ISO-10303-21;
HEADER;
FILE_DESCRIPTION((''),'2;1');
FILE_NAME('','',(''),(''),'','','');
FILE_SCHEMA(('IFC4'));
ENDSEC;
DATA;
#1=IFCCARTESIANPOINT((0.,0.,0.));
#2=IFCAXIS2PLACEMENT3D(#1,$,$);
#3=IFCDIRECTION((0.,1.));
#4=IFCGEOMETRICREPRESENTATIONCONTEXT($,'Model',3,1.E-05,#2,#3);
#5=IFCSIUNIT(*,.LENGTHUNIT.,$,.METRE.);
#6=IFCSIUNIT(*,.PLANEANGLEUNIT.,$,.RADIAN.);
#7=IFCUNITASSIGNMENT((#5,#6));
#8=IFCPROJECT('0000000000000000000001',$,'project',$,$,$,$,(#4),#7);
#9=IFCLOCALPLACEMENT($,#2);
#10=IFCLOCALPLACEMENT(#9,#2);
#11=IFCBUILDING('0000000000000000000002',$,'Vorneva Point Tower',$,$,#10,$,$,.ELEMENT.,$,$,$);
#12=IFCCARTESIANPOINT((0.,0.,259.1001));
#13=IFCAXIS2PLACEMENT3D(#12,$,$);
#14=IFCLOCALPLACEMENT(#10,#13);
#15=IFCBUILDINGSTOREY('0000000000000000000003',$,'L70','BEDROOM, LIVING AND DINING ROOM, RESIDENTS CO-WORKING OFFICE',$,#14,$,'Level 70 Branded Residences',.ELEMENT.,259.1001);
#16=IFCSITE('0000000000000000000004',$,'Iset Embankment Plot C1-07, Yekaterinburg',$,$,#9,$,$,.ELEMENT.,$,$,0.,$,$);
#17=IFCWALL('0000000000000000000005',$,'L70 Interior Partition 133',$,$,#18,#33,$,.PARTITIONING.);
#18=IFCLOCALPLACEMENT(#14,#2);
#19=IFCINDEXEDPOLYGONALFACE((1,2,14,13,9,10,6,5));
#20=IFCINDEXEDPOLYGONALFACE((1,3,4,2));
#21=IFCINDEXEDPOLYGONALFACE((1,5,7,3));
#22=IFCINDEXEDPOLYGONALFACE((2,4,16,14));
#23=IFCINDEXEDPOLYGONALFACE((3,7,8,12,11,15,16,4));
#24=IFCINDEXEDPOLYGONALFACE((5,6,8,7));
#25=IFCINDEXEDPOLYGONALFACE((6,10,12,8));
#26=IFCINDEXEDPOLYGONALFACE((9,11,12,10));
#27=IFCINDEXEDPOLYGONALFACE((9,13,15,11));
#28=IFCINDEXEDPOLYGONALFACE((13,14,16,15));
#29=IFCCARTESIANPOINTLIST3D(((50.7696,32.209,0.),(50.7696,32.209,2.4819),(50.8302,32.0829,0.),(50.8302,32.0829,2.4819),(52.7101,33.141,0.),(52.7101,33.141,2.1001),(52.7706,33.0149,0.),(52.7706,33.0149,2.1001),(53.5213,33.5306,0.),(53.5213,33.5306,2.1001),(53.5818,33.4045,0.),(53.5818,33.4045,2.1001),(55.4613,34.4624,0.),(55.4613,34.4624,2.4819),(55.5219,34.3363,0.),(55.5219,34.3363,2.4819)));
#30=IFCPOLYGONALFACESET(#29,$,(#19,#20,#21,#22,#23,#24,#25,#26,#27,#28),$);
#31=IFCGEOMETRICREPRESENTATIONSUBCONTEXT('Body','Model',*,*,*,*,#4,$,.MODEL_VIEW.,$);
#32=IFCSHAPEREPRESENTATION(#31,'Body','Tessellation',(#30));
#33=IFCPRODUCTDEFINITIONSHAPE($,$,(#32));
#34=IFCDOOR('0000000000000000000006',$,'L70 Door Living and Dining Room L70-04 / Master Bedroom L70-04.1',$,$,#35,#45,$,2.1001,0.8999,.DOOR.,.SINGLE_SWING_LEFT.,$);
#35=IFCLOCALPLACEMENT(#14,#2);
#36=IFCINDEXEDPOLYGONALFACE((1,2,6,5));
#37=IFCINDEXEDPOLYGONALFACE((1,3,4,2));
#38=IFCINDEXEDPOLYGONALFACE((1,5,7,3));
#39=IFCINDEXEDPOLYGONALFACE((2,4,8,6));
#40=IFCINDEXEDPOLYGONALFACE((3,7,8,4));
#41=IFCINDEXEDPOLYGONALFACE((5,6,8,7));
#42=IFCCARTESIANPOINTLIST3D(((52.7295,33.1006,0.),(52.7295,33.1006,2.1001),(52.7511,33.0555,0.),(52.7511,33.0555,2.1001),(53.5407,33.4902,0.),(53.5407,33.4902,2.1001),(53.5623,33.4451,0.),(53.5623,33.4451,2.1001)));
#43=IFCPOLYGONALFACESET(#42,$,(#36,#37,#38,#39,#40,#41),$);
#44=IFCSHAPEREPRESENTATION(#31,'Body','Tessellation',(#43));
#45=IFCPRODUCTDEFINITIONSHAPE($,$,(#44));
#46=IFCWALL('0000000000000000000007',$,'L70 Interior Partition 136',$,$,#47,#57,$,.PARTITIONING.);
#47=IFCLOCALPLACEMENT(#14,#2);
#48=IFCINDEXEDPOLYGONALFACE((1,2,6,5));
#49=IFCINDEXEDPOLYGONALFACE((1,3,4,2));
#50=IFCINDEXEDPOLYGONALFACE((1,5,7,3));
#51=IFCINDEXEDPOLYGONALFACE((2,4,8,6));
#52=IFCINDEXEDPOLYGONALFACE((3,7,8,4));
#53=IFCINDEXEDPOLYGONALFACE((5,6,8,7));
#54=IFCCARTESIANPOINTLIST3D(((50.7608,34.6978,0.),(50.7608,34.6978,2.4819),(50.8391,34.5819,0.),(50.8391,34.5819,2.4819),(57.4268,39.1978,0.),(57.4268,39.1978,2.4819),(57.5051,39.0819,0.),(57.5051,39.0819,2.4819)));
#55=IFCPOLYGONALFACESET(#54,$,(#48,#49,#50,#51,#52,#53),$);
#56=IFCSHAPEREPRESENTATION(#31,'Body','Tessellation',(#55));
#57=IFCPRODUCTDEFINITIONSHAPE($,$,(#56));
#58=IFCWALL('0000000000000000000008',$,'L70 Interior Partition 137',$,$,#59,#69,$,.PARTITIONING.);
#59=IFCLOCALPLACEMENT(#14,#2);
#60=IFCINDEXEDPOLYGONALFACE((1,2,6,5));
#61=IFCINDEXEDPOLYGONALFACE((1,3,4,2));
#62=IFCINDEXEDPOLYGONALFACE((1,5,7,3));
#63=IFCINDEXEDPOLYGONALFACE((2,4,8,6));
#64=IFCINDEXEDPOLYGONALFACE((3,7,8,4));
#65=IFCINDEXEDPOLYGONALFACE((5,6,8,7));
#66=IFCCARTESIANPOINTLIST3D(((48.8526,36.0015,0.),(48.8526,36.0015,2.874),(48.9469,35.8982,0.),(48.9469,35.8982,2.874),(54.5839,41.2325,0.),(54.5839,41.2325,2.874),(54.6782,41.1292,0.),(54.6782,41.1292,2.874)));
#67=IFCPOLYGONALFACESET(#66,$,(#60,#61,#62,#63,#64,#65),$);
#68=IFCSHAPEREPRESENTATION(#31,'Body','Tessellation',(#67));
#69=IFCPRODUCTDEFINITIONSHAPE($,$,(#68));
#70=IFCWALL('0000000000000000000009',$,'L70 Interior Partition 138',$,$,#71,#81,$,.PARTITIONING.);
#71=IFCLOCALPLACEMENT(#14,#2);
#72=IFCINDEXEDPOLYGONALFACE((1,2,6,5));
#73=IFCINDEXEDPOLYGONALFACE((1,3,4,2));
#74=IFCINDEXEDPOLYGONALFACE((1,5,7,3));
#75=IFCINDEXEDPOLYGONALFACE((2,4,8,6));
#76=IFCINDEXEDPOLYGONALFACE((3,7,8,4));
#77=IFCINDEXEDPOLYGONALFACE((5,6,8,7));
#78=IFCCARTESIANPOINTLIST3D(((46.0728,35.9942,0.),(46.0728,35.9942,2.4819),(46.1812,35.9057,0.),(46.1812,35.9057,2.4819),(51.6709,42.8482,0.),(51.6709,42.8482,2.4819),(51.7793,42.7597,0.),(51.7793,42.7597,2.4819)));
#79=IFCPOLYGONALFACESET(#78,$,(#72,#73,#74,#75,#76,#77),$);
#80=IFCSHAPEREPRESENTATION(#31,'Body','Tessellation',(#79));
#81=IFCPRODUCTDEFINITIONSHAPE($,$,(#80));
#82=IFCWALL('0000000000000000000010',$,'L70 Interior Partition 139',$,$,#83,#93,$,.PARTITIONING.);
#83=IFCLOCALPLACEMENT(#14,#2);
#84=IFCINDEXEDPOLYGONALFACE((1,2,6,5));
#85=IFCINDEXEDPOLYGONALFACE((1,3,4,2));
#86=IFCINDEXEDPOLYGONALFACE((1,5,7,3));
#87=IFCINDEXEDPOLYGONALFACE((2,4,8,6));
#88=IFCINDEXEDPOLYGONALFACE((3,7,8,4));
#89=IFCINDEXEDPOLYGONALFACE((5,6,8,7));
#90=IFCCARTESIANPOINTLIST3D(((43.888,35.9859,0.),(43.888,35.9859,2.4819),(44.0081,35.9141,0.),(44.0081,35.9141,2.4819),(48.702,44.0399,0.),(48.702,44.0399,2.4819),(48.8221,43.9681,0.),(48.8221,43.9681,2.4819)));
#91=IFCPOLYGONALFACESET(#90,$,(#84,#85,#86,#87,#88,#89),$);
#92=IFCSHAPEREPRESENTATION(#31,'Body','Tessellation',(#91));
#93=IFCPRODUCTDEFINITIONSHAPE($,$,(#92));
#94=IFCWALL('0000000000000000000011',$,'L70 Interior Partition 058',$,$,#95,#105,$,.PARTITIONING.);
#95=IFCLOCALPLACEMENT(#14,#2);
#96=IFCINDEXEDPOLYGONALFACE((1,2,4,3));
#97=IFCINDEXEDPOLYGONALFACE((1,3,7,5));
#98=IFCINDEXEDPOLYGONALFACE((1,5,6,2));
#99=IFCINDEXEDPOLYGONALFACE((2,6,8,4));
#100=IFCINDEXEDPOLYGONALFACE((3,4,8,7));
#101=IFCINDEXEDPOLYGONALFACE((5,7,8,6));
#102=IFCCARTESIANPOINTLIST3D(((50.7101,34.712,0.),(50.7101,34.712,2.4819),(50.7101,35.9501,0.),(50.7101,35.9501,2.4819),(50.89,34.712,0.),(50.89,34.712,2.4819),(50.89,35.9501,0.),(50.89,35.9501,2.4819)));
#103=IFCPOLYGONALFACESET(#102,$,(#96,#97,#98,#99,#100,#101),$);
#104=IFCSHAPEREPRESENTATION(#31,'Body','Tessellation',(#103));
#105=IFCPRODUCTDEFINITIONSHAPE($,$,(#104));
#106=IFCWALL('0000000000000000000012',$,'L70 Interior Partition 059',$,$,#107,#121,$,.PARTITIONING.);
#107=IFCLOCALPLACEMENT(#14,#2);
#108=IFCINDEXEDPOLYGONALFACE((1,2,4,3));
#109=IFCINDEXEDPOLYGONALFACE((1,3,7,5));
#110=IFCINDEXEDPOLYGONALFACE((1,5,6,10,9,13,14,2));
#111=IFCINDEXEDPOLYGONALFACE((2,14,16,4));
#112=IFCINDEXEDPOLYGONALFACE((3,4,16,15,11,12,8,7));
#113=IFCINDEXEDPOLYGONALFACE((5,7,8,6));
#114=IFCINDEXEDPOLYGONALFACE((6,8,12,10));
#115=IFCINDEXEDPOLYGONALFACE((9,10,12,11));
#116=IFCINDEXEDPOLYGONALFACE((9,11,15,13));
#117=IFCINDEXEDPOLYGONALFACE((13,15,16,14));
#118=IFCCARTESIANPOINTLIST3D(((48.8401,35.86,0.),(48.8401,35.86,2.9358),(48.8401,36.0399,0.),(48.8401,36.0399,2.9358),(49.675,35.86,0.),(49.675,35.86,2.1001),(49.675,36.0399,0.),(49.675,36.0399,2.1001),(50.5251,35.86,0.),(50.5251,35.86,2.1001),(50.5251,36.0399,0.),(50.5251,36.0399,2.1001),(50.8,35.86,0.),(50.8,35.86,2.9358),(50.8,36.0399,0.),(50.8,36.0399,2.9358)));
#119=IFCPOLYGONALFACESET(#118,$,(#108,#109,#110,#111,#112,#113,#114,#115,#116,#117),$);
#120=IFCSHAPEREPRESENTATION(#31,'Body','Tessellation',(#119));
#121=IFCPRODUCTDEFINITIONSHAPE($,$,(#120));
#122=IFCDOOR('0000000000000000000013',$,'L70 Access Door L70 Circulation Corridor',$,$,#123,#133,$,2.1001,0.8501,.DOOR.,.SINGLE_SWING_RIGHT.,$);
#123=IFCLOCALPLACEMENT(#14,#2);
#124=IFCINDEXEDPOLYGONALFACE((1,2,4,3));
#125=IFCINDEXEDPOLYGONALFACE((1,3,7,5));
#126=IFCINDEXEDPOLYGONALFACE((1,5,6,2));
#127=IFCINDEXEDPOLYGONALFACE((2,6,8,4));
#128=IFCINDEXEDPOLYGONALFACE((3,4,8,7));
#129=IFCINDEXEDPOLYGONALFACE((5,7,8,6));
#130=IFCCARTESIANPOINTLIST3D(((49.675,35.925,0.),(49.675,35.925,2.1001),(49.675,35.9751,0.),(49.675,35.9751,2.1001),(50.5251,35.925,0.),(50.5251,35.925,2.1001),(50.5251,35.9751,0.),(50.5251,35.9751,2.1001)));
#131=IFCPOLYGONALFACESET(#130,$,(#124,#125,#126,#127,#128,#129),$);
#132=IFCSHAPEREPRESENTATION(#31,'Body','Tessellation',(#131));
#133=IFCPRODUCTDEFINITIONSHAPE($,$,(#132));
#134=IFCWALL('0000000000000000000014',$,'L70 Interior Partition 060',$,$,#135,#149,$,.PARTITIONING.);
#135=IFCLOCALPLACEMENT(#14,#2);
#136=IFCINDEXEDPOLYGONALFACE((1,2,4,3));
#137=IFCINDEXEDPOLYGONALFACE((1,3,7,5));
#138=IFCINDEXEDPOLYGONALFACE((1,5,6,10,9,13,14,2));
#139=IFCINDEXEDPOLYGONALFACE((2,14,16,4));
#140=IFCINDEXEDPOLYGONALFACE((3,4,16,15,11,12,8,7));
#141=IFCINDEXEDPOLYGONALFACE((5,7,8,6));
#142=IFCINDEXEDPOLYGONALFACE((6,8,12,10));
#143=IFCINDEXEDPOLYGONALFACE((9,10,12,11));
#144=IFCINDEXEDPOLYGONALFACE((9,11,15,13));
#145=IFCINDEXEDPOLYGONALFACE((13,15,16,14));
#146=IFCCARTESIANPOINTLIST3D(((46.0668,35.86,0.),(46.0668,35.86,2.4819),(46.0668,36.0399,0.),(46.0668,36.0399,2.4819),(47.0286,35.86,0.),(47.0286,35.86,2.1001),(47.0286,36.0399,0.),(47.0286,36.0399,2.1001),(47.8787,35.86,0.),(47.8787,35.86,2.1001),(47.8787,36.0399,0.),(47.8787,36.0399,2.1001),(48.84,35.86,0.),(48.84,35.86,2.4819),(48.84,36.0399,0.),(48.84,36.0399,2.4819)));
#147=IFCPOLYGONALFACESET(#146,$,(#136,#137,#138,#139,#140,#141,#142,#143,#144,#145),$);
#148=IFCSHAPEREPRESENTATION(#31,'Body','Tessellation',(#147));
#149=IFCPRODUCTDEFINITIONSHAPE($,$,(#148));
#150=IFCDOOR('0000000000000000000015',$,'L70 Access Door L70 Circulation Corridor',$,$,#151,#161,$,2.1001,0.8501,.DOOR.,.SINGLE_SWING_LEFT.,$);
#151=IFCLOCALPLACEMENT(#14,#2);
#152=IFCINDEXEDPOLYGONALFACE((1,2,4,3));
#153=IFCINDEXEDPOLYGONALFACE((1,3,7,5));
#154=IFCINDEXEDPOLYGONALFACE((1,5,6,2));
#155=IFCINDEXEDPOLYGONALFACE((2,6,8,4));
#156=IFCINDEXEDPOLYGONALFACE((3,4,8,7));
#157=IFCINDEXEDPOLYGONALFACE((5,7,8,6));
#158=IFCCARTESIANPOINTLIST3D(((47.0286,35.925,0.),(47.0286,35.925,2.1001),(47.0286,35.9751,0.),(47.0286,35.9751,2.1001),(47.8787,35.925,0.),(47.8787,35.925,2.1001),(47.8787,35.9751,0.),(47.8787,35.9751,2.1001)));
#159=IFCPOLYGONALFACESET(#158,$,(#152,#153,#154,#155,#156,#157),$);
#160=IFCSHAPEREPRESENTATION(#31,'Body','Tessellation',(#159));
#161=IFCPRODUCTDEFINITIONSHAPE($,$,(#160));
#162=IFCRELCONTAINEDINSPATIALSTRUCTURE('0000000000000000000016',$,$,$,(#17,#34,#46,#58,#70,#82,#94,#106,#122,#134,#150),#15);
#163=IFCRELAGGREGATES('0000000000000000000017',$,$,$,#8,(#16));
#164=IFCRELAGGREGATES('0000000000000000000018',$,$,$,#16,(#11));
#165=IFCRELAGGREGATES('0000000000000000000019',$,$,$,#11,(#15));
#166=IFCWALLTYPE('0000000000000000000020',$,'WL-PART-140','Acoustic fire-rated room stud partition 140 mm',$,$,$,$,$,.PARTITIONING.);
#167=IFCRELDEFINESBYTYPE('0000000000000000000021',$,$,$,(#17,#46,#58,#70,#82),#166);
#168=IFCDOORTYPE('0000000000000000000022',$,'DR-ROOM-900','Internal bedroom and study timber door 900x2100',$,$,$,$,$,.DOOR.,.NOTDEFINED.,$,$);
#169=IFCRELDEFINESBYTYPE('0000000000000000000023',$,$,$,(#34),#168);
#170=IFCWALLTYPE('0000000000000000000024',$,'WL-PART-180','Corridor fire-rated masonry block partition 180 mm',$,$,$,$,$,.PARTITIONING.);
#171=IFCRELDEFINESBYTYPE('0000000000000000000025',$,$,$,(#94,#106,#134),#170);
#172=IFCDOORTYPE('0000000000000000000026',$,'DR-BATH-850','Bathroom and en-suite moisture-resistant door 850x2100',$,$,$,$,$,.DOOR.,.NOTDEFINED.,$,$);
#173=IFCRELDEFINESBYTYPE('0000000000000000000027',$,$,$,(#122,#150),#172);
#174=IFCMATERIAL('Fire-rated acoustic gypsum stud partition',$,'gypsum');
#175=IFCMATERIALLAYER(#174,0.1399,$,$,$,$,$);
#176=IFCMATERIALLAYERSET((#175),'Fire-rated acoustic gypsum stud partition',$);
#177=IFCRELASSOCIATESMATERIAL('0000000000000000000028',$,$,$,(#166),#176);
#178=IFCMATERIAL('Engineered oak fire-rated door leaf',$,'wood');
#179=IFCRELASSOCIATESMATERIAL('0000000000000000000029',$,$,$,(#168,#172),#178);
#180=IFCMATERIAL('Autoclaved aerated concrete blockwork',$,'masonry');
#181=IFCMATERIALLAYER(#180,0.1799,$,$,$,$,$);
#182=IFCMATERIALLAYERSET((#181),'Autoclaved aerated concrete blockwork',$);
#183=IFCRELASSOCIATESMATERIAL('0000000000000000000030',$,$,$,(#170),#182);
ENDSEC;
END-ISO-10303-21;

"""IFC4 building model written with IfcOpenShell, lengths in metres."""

from ifc_helpers import new_model, si_unit, direction, frame, frame_2d, origin, place, context, subcontext, project, spatial, rectangle, extrude, material, layer, layer_set, type_object, element, fill, save


model = new_model("IFC4")

# Units and contexts
model_context = context("Model", 3, precision=1e-05, world=origin(), true_north=direction((0.0, 1.0)))
body_context = subcontext(model_context, "Body", "Model", "MODEL_VIEW")
ifc_project = project(units=[si_unit("LENGTHUNIT", "METRE"), si_unit("PLANEANGLEUNIT", "RADIAN")], contexts=[model_context])

# Site, building, storey
site_placement = place(None, origin())
site = spatial("IfcSite", under=ifc_project, at=site_placement, Name="Iset Embankment Plot C1-07, Yekaterinburg", CompositionType="ELEMENT", RefElevation=0.0)
building_placement = place(site_placement, origin())
building = spatial("IfcBuilding", under=site, at=building_placement, Name="Vorneva Point Tower", CompositionType="ELEMENT")
storey_placement = place(building_placement, frame((0.0, 0.0, 259.1001)))
storey = spatial("IfcBuildingStorey", under=building, at=storey_placement, Name="L70", Description="BEDROOM, LIVING AND DINING ROOM, RESIDENTS CO-WORKING OFFICE", LongName="Level 70 Branded Residences", CompositionType="ELEMENT", Elevation=259.1001)

# Shared definitions
ifc_material_1 = material(Name="Fire-rated acoustic gypsum stud partition", Category="gypsum")
ifc_layer_1 = layer(ifc_material_1, 0.1399)
ifc_layer_set_1 = layer_set([ifc_layer_1], Name="Fire-rated acoustic gypsum stud partition")
wall_type_1 = type_object("IfcWallType", Name="WL-PART-140", Description="Acoustic fire-rated room stud partition 140 mm", PredefinedType="PARTITIONING", material=ifc_layer_set_1)

# Wall, opening, door
wall_1_placement = place(storey_placement, frame((55.4917, 34.3994, 0.0), z_axis=(0.0, 0.0, 1.0), x_axis=(-0.901416, -0.432954, 0.0)))
wall_1 = element("IfcWall", 1, at=wall_1_placement, inside=storey, type_object=wall_type_1, Name="L70 Interior Partition 133", PredefinedType="PARTITIONING", context=body_context, shape_type="SweptSolid", body=[
    extrude(rectangle(XDim=5.2048, YDim=0.1399, at=frame_2d((2.6025, 0.0))), origin(), (0.0, 0.0, 1.0), 2.4819),
])
opening_1_placement = place(wall_1_placement, frame((2.1523, 0.0, 0.0)))
opening_1 = element("IfcOpeningElement", 2, at=opening_1_placement, cuts=wall_1, PredefinedType="OPENING", context=body_context, shape_type="SweptSolid", body=[
    extrude(rectangle(XDim=0.8999, YDim=2.1001, at=frame_2d((0.45, 1.05))), frame((0.0, 0.085, 0.0), z_axis=(0.0, -1.0, 0.0), x_axis=(1.0, 0.0, 0.0)), (0.0, 0.0, 1.0), 0.1697),
])
ifc_material_2 = material(Name="Engineered oak fire-rated door leaf", Category="wood")
door_type_1 = type_object("IfcDoorType", Name="DR-ROOM-900", Description="Internal bedroom and study timber door 900x2100", OperationType="NOTDEFINED", PredefinedType="DOOR", material=ifc_material_2)
door_1_placement = place(opening_1_placement, origin())
door_1 = element("IfcDoor", 3, at=door_1_placement, inside=storey, type_object=door_type_1, Name="L70 Door Living and Dining Room L70-04 / Master Bedroom L70-04.1", OperationType="SINGLE_SWING_LEFT", OverallHeight=2.1001, OverallWidth=0.8999, PredefinedType="DOOR", context=body_context, shape_type="SweptSolid", body=[
    extrude(rectangle(XDim=0.8999, YDim=2.1001, at=frame_2d((0.45, 1.05))), frame((0.0, 0.0249, 0.0), z_axis=(0.0, -1.0, 0.0), x_axis=(1.0, 0.0, 0.0)), (0.0, 0.0, 1.0), 0.05),
])
fill(opening_1, door_1)

# Walls
wall_2_placement = place(storey_placement, frame((57.4661, 39.1399, 0.0), z_axis=(0.0, 0.0, 1.0), x_axis=(-0.828823, -0.55951, 0.0)))
element("IfcWall", 4, at=wall_2_placement, inside=storey, type_object=wall_type_1, Name="L70 Interior Partition 136", PredefinedType="PARTITIONING", context=body_context, shape_type="SweptSolid", body=[
    extrude(rectangle(XDim=8.0427, YDim=0.1399, at=frame_2d((4.0215, 0.0))), origin(), (0.0, 0.0, 1.0), 2.4819),
])
wall_3_placement = place(storey_placement, frame((54.6311, 41.1809, 0.0), z_axis=(0.0, 0.0, 1.0), x_axis=(-0.738606, -0.674137, 0.0)))
element("IfcWall", 5, at=wall_3_placement, inside=storey, type_object=wall_type_1, Name="L70 Interior Partition 137", PredefinedType="PARTITIONING", context=body_context, shape_type="SweptSolid", body=[
    extrude(rectangle(XDim=7.7595, YDim=0.1399, at=frame_2d((3.8799, 0.0))), origin(), (0.0, 0.0, 1.0), 2.874),
])
wall_4_placement = place(storey_placement, frame((51.7251, 42.804, 0.0), z_axis=(0.0, 0.0, 1.0), x_axis=(-0.632583, -0.774493, 0.0)))
element("IfcWall", 6, at=wall_4_placement, inside=storey, type_object=wall_type_1, Name="L70 Interior Partition 138", PredefinedType="PARTITIONING", context=body_context, shape_type="SweptSolid", body=[
    extrude(rectangle(XDim=8.8496, YDim=0.1399, at=frame_2d((4.4248, 0.0))), origin(), (0.0, 0.0, 1.0), 2.4819),
])
wall_5_placement = place(storey_placement, frame((48.762, 44.0039, 0.0), z_axis=(0.0, 0.0, 1.0), x_axis=(-0.513052, -0.858357, 0.0)))
element("IfcWall", 7, at=wall_5_placement, inside=storey, type_object=wall_type_1, Name="L70 Interior Partition 139", PredefinedType="PARTITIONING", context=body_context, shape_type="SweptSolid", body=[
    extrude(rectangle(XDim=9.3831, YDim=0.1399, at=frame_2d((4.6914, 0.0))), origin(), (0.0, 0.0, 1.0), 2.4819),
])
ifc_material_3 = material(Name="Autoclaved aerated concrete blockwork", Category="masonry")
ifc_layer_2 = layer(ifc_material_3, 0.1799)
ifc_layer_set_2 = layer_set([ifc_layer_2], Name="Autoclaved aerated concrete blockwork")
wall_type_2 = type_object("IfcWallType", Name="WL-PART-180", Description="Corridor fire-rated masonry block partition 180 mm", PredefinedType="PARTITIONING", material=ifc_layer_set_2)
wall_6_placement = place(storey_placement, frame((50.8, 34.7119, 0.0), z_axis=(0.0, 0.0, 1.0), x_axis=(0.0, 1.0, 0.0)))
element("IfcWall", 8, at=wall_6_placement, inside=storey, type_object=wall_type_2, Name="L70 Interior Partition 058", PredefinedType="PARTITIONING", context=body_context, shape_type="SweptSolid", body=[
    extrude(rectangle(XDim=1.238, YDim=0.1799, at=frame_2d((0.6191, 0.0))), origin(), (0.0, 0.0, 1.0), 2.4819),
])

# Walls, openings, doors
wall_7_placement = place(storey_placement, frame((50.8, 35.95, 0.0), z_axis=(0.0, 0.0, 1.0), x_axis=(-1.0, 0.0, 0.0)))
wall_7 = element("IfcWall", 9, at=wall_7_placement, inside=storey, type_object=wall_type_2, Name="L70 Interior Partition 059", PredefinedType="PARTITIONING", context=body_context, shape_type="SweptSolid", body=[
    extrude(rectangle(XDim=1.96, YDim=0.1799, at=frame_2d((0.98, 0.0))), origin(), (0.0, 0.0, 1.0), 2.9358),
])
opening_2_placement = place(wall_7_placement, frame((0.2749, 0.0, 0.0)))
opening_2 = element("IfcOpeningElement", 10, at=opening_2_placement, cuts=wall_7, PredefinedType="OPENING", context=body_context, shape_type="SweptSolid", body=[
    extrude(rectangle(XDim=0.8501, YDim=2.1001, at=frame_2d((0.425, 1.05))), frame((0.0, 0.105, 0.0), z_axis=(0.0, -1.0, 0.0), x_axis=(1.0, 0.0, 0.0)), (0.0, 0.0, 1.0), 0.2097),
])
door_type_2 = type_object("IfcDoorType", Name="DR-BATH-850", Description="Bathroom and en-suite moisture-resistant door 850x2100", OperationType="NOTDEFINED", PredefinedType="DOOR", material=ifc_material_2)
door_2_placement = place(opening_2_placement, origin())
door_2 = element("IfcDoor", 11, at=door_2_placement, inside=storey, type_object=door_type_2, Name="L70 Access Door L70 Circulation Corridor", OperationType="SINGLE_SWING_RIGHT", OverallHeight=2.1001, OverallWidth=0.8501, PredefinedType="DOOR", context=body_context, shape_type="SweptSolid", body=[
    extrude(rectangle(XDim=0.8501, YDim=2.1001, at=frame_2d((0.425, 1.05))), frame((0.0, 0.0249, 0.0), z_axis=(0.0, -1.0, 0.0), x_axis=(1.0, 0.0, 0.0)), (0.0, 0.0, 1.0), 0.05),
])
fill(opening_2, door_2)
wall_8_placement = place(storey_placement, frame((48.8401, 35.95, 0.0), z_axis=(0.0, 0.0, 1.0), x_axis=(-1.0, 0.0, 0.0)))
wall_8 = element("IfcWall", 12, at=wall_8_placement, inside=storey, type_object=wall_type_2, Name="L70 Interior Partition 060", PredefinedType="PARTITIONING", context=body_context, shape_type="SweptSolid", body=[
    extrude(rectangle(XDim=2.7732, YDim=0.1799, at=frame_2d((1.3867, 0.0))), origin(), (0.0, 0.0, 1.0), 2.4819),
])
opening_3_placement = place(wall_8_placement, frame((0.9614, 0.0, 0.0)))
opening_3 = element("IfcOpeningElement", 13, at=opening_3_placement, cuts=wall_8, PredefinedType="OPENING", context=body_context, shape_type="SweptSolid", body=[
    extrude(rectangle(XDim=0.8501, YDim=2.1001, at=frame_2d((0.425, 1.05))), frame((0.0, 0.105, 0.0), z_axis=(0.0, -1.0, 0.0), x_axis=(1.0, 0.0, 0.0)), (0.0, 0.0, 1.0), 0.2097),
])
door_3_placement = place(opening_3_placement, origin())
door_3 = element("IfcDoor", 14, at=door_3_placement, inside=storey, type_object=door_type_2, Name="L70 Access Door L70 Circulation Corridor", OperationType="SINGLE_SWING_LEFT", OverallHeight=2.1001, OverallWidth=0.8501, PredefinedType="DOOR", context=body_context, shape_type="SweptSolid", body=[
    extrude(rectangle(XDim=0.8501, YDim=2.1001, at=frame_2d((0.425, 1.05))), frame((0.0, 0.0249, 0.0), z_axis=(0.0, -1.0, 0.0), x_axis=(1.0, 0.0, 0.0)), (0.0, 0.0, 1.0), 0.05),
])
fill(opening_3, door_3)

save(model, "model.ifc")
